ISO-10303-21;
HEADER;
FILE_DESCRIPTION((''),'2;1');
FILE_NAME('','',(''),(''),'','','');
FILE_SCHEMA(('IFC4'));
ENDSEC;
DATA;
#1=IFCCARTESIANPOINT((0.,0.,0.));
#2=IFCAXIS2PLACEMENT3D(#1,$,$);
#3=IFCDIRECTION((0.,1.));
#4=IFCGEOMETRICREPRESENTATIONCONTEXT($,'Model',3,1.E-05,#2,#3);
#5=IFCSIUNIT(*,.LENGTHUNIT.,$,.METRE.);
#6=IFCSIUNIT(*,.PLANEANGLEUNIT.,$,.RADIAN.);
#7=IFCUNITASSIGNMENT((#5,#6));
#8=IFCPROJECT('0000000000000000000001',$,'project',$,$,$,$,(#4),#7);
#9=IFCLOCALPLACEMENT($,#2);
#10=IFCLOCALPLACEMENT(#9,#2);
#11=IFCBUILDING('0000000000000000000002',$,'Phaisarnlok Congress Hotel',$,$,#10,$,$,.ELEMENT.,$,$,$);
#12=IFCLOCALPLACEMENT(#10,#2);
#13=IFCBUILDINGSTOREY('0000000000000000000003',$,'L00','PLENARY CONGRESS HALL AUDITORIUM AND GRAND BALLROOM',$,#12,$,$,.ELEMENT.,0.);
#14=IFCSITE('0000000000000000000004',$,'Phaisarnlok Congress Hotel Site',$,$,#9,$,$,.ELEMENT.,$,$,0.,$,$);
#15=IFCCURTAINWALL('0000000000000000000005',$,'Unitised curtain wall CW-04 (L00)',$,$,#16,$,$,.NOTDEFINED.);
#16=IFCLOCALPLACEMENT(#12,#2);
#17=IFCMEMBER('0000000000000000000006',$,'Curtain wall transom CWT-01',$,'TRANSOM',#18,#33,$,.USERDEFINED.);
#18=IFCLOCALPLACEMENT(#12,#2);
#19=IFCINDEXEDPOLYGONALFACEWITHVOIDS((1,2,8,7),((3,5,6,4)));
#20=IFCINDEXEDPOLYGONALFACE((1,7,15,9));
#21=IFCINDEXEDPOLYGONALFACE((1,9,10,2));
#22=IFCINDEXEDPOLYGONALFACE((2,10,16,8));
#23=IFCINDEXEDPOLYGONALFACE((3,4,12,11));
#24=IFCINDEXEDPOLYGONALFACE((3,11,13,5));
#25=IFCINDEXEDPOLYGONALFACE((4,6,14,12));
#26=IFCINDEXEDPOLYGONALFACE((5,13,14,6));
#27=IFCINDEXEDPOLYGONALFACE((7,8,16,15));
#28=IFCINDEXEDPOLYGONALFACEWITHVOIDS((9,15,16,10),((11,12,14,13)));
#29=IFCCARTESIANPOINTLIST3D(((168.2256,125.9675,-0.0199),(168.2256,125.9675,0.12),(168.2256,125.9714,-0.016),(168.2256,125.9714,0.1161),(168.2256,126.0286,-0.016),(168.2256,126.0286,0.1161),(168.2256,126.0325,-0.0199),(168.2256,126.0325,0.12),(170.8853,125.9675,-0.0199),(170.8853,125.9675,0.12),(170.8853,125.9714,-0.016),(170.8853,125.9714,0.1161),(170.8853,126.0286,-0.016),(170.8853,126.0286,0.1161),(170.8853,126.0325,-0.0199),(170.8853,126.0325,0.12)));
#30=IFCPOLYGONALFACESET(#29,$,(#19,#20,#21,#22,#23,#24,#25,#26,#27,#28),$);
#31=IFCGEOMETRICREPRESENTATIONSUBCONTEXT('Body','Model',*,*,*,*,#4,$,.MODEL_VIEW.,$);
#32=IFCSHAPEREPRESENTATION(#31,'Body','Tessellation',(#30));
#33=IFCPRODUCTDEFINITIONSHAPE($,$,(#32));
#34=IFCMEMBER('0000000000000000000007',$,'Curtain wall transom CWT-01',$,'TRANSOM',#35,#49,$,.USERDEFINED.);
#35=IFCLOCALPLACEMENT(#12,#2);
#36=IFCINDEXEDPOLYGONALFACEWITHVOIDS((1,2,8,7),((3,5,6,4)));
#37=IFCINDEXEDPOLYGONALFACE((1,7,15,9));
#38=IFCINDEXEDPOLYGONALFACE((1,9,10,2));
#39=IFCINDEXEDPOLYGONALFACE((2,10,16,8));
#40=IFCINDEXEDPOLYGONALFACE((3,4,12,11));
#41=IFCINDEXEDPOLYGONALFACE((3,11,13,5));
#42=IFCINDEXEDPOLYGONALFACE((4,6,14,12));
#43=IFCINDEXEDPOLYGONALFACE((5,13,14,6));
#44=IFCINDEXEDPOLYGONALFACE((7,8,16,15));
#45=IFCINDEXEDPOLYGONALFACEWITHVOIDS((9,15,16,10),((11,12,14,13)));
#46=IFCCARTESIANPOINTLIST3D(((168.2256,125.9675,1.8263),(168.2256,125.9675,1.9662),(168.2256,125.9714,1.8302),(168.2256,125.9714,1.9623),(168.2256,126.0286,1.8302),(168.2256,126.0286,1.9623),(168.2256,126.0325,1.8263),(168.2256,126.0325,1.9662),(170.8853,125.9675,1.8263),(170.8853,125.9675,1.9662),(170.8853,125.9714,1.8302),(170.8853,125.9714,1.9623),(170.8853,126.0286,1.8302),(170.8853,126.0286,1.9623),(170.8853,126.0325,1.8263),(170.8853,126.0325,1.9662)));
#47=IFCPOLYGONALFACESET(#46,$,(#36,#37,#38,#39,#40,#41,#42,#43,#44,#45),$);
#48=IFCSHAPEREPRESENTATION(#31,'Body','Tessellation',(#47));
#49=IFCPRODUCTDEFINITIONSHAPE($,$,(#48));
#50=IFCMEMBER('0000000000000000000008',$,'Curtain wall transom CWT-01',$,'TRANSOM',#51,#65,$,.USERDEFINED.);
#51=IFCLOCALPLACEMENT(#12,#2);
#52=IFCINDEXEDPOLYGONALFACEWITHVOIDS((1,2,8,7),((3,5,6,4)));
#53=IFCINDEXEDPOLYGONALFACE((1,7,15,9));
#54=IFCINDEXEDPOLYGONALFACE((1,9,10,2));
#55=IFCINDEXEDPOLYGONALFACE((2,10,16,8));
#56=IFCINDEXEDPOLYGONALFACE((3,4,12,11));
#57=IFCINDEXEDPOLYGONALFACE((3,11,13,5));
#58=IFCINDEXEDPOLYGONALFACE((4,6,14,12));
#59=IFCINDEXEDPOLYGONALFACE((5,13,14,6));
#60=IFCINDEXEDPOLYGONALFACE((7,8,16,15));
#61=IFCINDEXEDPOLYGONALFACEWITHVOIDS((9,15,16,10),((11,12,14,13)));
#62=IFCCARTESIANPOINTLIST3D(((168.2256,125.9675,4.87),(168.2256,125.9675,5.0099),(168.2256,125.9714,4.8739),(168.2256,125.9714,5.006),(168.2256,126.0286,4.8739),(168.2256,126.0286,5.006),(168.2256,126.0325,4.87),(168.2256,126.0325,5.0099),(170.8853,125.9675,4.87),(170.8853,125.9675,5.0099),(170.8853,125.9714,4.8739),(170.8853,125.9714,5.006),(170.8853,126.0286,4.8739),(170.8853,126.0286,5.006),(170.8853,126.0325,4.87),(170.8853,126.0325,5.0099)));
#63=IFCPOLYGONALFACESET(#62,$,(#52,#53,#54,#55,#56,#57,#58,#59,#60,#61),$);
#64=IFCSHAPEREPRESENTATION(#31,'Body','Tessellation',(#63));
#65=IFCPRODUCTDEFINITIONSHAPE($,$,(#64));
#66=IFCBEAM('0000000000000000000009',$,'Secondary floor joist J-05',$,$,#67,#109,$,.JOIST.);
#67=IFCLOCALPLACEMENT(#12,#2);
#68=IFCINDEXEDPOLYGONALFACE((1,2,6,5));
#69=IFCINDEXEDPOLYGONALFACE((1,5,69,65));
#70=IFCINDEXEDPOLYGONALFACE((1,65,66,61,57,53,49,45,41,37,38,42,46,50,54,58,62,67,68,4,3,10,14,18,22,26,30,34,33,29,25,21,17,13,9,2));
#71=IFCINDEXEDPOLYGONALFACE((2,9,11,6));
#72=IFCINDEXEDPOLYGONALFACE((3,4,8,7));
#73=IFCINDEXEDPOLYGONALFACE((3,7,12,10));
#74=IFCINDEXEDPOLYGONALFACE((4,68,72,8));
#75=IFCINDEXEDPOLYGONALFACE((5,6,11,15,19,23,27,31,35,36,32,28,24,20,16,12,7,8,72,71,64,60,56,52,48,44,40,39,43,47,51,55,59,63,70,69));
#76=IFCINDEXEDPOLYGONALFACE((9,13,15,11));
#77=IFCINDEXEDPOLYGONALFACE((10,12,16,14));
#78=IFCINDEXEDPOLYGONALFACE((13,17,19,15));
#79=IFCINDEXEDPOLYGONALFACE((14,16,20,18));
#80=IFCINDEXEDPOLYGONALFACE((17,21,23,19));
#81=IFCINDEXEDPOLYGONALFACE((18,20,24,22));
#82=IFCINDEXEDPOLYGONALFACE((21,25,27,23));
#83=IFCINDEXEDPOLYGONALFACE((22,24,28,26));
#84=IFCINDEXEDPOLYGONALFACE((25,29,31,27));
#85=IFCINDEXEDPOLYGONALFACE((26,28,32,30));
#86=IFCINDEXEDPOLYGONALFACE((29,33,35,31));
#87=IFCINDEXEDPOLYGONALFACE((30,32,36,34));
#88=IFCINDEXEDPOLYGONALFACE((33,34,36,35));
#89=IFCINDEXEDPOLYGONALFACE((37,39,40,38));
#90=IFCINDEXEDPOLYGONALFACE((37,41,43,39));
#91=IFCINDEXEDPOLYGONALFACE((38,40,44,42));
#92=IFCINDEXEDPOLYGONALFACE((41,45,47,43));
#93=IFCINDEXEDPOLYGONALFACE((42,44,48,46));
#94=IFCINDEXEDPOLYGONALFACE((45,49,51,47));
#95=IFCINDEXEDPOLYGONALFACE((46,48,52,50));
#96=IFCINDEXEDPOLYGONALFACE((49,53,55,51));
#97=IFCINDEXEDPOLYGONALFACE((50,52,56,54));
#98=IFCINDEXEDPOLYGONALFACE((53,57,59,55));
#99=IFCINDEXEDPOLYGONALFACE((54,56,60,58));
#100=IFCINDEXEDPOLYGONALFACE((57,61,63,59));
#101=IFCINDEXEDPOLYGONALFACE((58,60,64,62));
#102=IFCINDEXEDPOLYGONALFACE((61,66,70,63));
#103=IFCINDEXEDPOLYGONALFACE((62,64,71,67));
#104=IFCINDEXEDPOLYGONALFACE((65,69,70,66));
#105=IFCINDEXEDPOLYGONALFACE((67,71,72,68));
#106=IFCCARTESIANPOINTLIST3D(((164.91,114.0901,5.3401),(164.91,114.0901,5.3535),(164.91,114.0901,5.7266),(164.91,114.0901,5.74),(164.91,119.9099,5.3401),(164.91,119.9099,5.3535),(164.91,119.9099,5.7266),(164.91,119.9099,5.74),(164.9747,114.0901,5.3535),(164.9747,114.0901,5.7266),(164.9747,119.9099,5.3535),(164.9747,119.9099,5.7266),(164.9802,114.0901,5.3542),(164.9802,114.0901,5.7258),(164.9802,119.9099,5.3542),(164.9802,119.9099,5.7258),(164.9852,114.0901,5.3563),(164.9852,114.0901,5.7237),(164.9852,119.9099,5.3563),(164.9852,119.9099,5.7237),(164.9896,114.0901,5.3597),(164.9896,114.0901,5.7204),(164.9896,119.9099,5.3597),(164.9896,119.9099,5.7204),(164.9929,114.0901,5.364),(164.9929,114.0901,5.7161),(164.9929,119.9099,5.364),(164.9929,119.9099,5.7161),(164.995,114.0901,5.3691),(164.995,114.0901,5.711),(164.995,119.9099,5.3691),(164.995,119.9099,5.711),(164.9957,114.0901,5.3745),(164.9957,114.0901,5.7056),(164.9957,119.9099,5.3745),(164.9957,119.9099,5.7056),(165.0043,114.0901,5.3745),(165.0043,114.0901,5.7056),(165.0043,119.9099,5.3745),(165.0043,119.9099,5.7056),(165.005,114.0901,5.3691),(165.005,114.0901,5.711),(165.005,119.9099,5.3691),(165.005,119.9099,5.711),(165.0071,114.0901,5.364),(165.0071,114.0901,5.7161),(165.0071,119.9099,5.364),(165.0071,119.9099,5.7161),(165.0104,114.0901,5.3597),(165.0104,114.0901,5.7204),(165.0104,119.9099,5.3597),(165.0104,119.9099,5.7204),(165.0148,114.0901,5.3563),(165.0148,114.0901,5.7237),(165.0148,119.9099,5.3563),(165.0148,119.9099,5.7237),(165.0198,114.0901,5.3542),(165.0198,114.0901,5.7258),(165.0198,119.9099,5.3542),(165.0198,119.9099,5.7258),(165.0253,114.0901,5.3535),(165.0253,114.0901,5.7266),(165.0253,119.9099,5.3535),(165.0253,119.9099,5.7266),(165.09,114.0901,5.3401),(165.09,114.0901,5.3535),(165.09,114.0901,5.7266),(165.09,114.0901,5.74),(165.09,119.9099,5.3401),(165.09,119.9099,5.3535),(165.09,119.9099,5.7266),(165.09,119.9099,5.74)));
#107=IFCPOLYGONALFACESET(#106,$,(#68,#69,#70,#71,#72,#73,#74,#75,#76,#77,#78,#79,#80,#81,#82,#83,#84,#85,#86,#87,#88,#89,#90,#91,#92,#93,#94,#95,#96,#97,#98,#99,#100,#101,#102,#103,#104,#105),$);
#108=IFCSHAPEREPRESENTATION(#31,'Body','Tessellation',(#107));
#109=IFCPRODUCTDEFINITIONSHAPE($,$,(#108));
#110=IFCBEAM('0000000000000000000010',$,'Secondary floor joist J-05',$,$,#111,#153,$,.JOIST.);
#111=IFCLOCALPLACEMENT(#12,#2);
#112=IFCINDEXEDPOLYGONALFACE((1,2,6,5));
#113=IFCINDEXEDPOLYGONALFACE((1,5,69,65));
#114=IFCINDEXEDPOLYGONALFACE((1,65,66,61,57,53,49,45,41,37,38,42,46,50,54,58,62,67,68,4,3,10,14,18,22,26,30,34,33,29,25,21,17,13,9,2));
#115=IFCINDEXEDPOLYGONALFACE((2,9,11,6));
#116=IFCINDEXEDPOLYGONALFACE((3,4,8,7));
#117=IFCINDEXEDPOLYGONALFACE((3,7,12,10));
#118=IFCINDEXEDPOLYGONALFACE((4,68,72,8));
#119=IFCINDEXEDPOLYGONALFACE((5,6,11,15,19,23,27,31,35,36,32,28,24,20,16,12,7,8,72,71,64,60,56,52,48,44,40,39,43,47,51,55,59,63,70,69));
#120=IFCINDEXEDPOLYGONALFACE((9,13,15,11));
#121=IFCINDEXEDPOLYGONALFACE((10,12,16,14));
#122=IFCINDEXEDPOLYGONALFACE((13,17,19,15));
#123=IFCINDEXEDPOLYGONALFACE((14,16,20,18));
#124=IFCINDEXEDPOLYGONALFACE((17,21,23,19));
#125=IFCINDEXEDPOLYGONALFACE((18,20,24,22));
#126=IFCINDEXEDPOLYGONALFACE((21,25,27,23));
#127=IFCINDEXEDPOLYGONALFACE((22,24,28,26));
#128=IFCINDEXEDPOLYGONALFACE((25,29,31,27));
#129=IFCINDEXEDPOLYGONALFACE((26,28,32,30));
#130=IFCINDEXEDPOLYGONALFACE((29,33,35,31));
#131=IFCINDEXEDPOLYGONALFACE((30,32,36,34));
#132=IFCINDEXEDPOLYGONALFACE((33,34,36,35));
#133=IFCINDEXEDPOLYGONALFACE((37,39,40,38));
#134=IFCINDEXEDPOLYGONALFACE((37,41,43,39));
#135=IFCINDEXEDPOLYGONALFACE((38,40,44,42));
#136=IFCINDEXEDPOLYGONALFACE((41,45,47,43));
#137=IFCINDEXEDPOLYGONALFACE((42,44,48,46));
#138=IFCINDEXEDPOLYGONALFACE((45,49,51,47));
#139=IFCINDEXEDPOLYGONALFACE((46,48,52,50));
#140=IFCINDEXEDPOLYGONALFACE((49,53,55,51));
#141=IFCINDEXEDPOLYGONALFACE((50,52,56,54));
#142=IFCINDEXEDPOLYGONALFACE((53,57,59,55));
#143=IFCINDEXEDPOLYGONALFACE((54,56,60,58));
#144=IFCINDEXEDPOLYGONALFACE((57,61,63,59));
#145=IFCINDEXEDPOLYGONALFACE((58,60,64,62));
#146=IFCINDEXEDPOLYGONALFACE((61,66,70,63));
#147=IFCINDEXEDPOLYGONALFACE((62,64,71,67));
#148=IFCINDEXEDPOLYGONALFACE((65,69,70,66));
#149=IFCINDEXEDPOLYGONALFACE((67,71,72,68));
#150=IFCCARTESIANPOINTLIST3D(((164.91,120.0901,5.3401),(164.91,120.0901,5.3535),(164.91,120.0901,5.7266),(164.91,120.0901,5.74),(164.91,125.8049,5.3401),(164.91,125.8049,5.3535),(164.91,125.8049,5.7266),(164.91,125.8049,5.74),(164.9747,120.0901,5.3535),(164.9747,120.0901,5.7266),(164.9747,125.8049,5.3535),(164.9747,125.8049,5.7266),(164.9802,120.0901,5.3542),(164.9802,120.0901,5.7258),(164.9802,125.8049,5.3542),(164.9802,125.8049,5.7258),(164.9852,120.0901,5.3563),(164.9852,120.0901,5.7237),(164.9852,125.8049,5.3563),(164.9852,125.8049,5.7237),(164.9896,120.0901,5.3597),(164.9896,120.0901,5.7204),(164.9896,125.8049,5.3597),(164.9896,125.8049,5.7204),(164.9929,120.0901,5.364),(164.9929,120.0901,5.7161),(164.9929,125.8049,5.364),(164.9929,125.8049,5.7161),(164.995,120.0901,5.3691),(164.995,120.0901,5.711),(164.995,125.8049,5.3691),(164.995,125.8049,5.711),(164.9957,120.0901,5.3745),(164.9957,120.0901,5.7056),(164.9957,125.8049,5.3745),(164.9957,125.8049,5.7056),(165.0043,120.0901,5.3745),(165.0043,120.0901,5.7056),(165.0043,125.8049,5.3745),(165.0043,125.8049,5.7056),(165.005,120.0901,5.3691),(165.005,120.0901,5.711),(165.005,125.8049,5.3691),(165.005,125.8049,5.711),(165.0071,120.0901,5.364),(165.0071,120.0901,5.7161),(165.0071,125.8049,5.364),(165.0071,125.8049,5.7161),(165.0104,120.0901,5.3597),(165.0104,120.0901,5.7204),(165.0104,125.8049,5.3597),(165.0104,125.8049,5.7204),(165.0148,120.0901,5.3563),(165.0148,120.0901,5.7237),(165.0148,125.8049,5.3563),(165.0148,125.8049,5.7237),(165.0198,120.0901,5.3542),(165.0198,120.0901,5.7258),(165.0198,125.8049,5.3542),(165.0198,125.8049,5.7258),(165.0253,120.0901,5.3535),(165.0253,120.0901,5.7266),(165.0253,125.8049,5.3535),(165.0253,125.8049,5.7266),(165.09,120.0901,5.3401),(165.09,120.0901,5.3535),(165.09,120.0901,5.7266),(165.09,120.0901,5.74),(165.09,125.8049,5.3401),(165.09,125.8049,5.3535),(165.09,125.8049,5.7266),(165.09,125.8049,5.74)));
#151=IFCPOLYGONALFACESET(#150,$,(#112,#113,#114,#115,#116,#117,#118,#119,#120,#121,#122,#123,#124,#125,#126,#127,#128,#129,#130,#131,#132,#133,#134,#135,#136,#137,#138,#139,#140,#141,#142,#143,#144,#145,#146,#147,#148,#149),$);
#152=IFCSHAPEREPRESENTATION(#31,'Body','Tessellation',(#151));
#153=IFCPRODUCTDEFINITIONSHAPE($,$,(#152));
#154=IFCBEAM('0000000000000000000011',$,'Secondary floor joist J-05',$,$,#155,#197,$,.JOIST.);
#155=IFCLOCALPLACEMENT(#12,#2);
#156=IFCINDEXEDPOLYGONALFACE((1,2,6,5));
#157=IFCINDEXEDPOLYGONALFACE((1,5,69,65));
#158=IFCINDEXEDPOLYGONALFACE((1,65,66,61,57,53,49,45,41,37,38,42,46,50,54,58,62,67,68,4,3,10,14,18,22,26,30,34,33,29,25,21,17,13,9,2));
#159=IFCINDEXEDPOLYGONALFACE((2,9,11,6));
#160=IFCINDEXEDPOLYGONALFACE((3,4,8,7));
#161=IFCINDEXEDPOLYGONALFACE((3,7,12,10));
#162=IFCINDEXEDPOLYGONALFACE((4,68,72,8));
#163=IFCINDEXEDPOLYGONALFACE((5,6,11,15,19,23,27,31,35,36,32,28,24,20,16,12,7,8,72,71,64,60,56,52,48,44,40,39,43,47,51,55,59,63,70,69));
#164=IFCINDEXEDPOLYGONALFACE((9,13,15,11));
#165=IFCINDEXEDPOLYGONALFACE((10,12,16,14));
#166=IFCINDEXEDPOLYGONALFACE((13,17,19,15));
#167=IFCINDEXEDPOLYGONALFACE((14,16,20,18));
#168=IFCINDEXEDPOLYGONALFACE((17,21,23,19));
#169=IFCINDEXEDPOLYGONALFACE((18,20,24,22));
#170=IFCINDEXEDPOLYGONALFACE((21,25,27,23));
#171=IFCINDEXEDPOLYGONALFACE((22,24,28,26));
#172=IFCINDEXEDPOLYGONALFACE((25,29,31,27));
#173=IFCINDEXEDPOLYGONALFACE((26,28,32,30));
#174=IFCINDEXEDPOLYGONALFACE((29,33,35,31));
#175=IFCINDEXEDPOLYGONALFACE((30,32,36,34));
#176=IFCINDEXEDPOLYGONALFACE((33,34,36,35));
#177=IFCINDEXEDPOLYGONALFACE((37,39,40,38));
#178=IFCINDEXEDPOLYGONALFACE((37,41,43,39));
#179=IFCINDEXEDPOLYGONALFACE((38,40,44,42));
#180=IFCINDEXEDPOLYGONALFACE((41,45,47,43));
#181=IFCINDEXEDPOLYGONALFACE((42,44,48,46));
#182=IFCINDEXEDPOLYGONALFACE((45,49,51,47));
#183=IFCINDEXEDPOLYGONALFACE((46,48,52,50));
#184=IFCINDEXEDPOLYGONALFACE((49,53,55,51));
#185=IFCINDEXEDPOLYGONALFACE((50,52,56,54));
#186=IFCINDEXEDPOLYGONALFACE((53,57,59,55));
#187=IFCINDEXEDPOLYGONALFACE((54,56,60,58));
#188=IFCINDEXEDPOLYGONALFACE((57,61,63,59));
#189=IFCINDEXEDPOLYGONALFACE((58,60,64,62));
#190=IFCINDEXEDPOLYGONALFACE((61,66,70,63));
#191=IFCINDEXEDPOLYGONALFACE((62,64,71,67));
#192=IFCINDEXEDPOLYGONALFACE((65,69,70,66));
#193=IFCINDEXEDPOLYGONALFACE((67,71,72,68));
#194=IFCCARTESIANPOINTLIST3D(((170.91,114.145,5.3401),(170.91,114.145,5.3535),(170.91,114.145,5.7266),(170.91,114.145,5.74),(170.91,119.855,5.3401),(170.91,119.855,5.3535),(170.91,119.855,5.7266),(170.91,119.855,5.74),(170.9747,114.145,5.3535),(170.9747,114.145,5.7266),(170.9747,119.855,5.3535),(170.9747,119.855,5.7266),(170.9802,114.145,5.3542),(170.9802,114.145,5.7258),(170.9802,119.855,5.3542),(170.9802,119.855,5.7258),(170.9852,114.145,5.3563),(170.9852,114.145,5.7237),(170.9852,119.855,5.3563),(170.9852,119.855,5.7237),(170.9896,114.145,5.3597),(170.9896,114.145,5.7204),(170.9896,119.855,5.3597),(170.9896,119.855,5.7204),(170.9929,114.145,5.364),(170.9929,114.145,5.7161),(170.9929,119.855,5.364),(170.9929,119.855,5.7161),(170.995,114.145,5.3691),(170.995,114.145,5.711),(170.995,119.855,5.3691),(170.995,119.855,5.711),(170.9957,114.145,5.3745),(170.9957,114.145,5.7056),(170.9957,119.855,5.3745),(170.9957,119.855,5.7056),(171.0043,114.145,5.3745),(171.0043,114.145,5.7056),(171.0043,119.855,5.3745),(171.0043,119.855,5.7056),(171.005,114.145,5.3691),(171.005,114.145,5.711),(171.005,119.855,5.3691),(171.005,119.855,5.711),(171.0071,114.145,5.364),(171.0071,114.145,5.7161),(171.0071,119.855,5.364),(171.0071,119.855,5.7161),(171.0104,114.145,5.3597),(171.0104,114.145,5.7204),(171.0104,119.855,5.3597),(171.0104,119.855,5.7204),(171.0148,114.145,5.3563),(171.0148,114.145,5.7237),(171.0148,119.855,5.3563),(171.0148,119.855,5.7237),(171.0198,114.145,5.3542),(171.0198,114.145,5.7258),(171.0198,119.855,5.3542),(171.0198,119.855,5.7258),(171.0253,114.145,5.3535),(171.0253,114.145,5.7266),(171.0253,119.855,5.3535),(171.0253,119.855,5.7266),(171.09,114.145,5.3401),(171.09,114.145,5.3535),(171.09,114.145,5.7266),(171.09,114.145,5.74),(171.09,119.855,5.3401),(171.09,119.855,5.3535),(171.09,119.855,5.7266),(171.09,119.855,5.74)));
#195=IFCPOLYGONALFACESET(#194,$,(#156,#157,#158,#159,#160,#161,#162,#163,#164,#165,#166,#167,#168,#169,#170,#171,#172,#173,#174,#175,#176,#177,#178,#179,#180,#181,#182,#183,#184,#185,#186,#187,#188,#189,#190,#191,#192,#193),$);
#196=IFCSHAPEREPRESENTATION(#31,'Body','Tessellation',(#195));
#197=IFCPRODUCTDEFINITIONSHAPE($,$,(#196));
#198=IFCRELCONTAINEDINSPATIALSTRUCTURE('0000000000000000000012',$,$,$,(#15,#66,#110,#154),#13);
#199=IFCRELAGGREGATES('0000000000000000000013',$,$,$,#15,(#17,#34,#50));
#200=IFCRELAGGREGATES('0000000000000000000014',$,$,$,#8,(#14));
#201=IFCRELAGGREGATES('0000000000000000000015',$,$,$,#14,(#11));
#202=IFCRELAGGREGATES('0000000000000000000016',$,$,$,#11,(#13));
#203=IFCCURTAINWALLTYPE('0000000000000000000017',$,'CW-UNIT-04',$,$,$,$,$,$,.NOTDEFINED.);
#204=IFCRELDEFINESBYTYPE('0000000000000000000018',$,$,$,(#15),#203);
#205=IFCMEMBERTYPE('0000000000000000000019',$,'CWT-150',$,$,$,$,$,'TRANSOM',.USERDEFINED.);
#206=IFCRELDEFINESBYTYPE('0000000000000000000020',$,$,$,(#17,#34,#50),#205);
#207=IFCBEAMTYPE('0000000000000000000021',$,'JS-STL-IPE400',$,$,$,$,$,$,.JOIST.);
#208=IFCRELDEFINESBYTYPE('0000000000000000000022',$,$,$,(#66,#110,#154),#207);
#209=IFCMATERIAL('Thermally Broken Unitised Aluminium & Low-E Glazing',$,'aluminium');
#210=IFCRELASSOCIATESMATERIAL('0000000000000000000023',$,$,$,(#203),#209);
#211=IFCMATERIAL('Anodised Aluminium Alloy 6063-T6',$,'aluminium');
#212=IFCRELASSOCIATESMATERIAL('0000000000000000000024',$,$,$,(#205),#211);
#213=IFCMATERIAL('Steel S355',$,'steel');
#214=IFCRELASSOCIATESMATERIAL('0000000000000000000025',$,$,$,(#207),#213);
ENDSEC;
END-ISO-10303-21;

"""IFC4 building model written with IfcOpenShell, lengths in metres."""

from ifc_helpers import new_model, si_unit, direction, frame, origin, origin_2d, place, context, subcontext, project, spatial, hollow_rectangle, i_section, extrude, material, material_profile, profile_set, type_object, element, aggregate, save


model = new_model("IFC4")

# Units and contexts
model_context = context("Model", 3, precision=1e-05, world=origin(), true_north=direction((0.0, 1.0)))
body_context = subcontext(model_context, "Body", "Model", "MODEL_VIEW")
ifc_project = project(units=[si_unit("LENGTHUNIT", "METRE"), si_unit("PLANEANGLEUNIT", "RADIAN")], contexts=[model_context])

# Site, building, storey
site_placement = place(None, origin())
site = spatial("IfcSite", under=ifc_project, at=site_placement, Name="Phaisarnlok Congress Hotel Site", CompositionType="ELEMENT", RefElevation=0.0)
building_placement = place(site_placement, origin())
building = spatial("IfcBuilding", under=site, at=building_placement, Name="Phaisarnlok Congress Hotel", CompositionType="ELEMENT")
storey_placement = place(building_placement, origin())
storey = spatial("IfcBuildingStorey", under=building, at=storey_placement, Name="L00", Description="PLENARY CONGRESS HALL AUDITORIUM AND GRAND BALLROOM", CompositionType="ELEMENT", Elevation=0.0)

# Shared definitions
ifc_material_1 = material(Name="Steel S355", Category="steel")

# Curtain wall, members
ifc_material_2 = material(Name="Thermally Broken Unitised Aluminium & Low-E Glazing", Category="aluminium")
curtain_wall_type = type_object("IfcCurtainWallType", Name="CW-UNIT-04", PredefinedType="NOTDEFINED", material=ifc_material_2)
curtain_wall_placement = place(storey_placement, origin())
curtain_wall = element("IfcCurtainWall", 1, at=curtain_wall_placement, inside=storey, type_object=curtain_wall_type, Name="Unitised curtain wall CW-04 (L00)", PredefinedType="NOTDEFINED")
ifc_material_3 = material(Name="Anodised Aluminium Alloy 6063-T6", Category="aluminium")
ifc_material_profile_1 = material_profile(ifc_material_3, hollow_rectangle(XDim=0.0649, YDim=0.1399, WallThickness=0.0039, at=origin_2d()), Name="ALU-T 65x140x4")
ifc_profile_set_1 = profile_set([ifc_material_profile_1], Name="Anodised Aluminium Alloy 6063-T6")
member_type_1 = type_object("IfcMemberType", Name="CWT-150", ElementType="TRANSOM", PredefinedType="USERDEFINED", material=ifc_profile_set_1)
member_1_placement = place(storey_placement, frame((170.8853, 126.0, 0.05), z_axis=(-1.0, 0.0, 0.0), x_axis=(0.0, -1.0, 0.0)))
member_1 = element("IfcMember", 2, at=member_1_placement, type_object=member_type_1, Name="Curtain wall transom CWT-01", ObjectType="TRANSOM", PredefinedType="USERDEFINED", context=body_context, shape_type="SweptSolid", body=[
    extrude(hollow_rectangle(XDim=0.0649, YDim=0.1399, WallThickness=0.0039, at=origin_2d()), origin(), (0.0, 0.0, 1.0), 2.6597),
])
member_2_placement = place(storey_placement, frame((170.8853, 126.0, 1.8962), z_axis=(-1.0, 0.0, 0.0), x_axis=(0.0, -1.0, 0.0)))
member_2 = element("IfcMember", 3, at=member_2_placement, type_object=member_type_1, Name="Curtain wall transom CWT-01", ObjectType="TRANSOM", PredefinedType="USERDEFINED", context=body_context, shape_type="SweptSolid", body=[
    extrude(hollow_rectangle(XDim=0.0649, YDim=0.1399, WallThickness=0.0039, at=origin_2d()), origin(), (0.0, 0.0, 1.0), 2.6597),
])
member_3_placement = place(storey_placement, frame((170.8853, 126.0, 4.9399), z_axis=(-1.0, 0.0, 0.0), x_axis=(0.0, -1.0, 0.0)))
member_3 = element("IfcMember", 4, at=member_3_placement, type_object=member_type_1, Name="Curtain wall transom CWT-01", ObjectType="TRANSOM", PredefinedType="USERDEFINED", context=body_context, shape_type="SweptSolid", body=[
    extrude(hollow_rectangle(XDim=0.0649, YDim=0.1399, WallThickness=0.0039, at=origin_2d()), origin(), (0.0, 0.0, 1.0), 2.6597),
])

# Beams
ifc_material_profile_2 = material_profile(ifc_material_1, i_section(OverallWidth=0.1799, OverallDepth=0.3999, WebThickness=0.0085, FlangeThickness=0.0134, FilletRadius=0.021, at=origin_2d()), Name="IPE 400")
ifc_profile_set_2 = profile_set([ifc_material_profile_2], Name="Steel S355")
beam_type_1 = type_object("IfcBeamType", Name="JS-STL-IPE400", PredefinedType="JOIST", material=ifc_profile_set_2)
beam_1_placement = place(storey_placement, frame((165.0, 114.0901, 5.54), z_axis=(0.0, 1.0, 0.0), x_axis=(-1.0, 0.0, 0.0)))
element("IfcBeam", 5, at=beam_1_placement, inside=storey, type_object=beam_type_1, Name="Secondary floor joist J-05", PredefinedType="JOIST", context=body_context, shape_type="SweptSolid", body=[
    extrude(i_section(OverallWidth=0.1799, OverallDepth=0.3999, WebThickness=0.0085, FlangeThickness=0.0134, FilletRadius=0.021, at=origin_2d()), origin(), (0.0, 0.0, 1.0), 5.8198),
])
beam_2_placement = place(storey_placement, frame((165.0, 120.0901, 5.54), z_axis=(0.0, 1.0, 0.0), x_axis=(-1.0, 0.0, 0.0)))
element("IfcBeam", 6, at=beam_2_placement, inside=storey, type_object=beam_type_1, Name="Secondary floor joist J-05", PredefinedType="JOIST", context=body_context, shape_type="SweptSolid", body=[
    extrude(i_section(OverallWidth=0.1799, OverallDepth=0.3999, WebThickness=0.0085, FlangeThickness=0.0134, FilletRadius=0.021, at=origin_2d()), origin(), (0.0, 0.0, 1.0), 5.7148),
])
beam_3_placement = place(storey_placement, frame((171.0, 114.145, 5.54), z_axis=(0.0, 1.0, 0.0), x_axis=(-1.0, 0.0, 0.0)))
element("IfcBeam", 7, at=beam_3_placement, inside=storey, type_object=beam_type_1, Name="Secondary floor joist J-05", PredefinedType="JOIST", context=body_context, shape_type="SweptSolid", body=[
    extrude(i_section(OverallWidth=0.1799, OverallDepth=0.3999, WebThickness=0.0085, FlangeThickness=0.0134, FilletRadius=0.021, at=origin_2d()), origin(), (0.0, 0.0, 1.0), 5.71),
])

aggregate(curtain_wall, [member_1, member_2, member_3])

save(model, "model.ifc")
